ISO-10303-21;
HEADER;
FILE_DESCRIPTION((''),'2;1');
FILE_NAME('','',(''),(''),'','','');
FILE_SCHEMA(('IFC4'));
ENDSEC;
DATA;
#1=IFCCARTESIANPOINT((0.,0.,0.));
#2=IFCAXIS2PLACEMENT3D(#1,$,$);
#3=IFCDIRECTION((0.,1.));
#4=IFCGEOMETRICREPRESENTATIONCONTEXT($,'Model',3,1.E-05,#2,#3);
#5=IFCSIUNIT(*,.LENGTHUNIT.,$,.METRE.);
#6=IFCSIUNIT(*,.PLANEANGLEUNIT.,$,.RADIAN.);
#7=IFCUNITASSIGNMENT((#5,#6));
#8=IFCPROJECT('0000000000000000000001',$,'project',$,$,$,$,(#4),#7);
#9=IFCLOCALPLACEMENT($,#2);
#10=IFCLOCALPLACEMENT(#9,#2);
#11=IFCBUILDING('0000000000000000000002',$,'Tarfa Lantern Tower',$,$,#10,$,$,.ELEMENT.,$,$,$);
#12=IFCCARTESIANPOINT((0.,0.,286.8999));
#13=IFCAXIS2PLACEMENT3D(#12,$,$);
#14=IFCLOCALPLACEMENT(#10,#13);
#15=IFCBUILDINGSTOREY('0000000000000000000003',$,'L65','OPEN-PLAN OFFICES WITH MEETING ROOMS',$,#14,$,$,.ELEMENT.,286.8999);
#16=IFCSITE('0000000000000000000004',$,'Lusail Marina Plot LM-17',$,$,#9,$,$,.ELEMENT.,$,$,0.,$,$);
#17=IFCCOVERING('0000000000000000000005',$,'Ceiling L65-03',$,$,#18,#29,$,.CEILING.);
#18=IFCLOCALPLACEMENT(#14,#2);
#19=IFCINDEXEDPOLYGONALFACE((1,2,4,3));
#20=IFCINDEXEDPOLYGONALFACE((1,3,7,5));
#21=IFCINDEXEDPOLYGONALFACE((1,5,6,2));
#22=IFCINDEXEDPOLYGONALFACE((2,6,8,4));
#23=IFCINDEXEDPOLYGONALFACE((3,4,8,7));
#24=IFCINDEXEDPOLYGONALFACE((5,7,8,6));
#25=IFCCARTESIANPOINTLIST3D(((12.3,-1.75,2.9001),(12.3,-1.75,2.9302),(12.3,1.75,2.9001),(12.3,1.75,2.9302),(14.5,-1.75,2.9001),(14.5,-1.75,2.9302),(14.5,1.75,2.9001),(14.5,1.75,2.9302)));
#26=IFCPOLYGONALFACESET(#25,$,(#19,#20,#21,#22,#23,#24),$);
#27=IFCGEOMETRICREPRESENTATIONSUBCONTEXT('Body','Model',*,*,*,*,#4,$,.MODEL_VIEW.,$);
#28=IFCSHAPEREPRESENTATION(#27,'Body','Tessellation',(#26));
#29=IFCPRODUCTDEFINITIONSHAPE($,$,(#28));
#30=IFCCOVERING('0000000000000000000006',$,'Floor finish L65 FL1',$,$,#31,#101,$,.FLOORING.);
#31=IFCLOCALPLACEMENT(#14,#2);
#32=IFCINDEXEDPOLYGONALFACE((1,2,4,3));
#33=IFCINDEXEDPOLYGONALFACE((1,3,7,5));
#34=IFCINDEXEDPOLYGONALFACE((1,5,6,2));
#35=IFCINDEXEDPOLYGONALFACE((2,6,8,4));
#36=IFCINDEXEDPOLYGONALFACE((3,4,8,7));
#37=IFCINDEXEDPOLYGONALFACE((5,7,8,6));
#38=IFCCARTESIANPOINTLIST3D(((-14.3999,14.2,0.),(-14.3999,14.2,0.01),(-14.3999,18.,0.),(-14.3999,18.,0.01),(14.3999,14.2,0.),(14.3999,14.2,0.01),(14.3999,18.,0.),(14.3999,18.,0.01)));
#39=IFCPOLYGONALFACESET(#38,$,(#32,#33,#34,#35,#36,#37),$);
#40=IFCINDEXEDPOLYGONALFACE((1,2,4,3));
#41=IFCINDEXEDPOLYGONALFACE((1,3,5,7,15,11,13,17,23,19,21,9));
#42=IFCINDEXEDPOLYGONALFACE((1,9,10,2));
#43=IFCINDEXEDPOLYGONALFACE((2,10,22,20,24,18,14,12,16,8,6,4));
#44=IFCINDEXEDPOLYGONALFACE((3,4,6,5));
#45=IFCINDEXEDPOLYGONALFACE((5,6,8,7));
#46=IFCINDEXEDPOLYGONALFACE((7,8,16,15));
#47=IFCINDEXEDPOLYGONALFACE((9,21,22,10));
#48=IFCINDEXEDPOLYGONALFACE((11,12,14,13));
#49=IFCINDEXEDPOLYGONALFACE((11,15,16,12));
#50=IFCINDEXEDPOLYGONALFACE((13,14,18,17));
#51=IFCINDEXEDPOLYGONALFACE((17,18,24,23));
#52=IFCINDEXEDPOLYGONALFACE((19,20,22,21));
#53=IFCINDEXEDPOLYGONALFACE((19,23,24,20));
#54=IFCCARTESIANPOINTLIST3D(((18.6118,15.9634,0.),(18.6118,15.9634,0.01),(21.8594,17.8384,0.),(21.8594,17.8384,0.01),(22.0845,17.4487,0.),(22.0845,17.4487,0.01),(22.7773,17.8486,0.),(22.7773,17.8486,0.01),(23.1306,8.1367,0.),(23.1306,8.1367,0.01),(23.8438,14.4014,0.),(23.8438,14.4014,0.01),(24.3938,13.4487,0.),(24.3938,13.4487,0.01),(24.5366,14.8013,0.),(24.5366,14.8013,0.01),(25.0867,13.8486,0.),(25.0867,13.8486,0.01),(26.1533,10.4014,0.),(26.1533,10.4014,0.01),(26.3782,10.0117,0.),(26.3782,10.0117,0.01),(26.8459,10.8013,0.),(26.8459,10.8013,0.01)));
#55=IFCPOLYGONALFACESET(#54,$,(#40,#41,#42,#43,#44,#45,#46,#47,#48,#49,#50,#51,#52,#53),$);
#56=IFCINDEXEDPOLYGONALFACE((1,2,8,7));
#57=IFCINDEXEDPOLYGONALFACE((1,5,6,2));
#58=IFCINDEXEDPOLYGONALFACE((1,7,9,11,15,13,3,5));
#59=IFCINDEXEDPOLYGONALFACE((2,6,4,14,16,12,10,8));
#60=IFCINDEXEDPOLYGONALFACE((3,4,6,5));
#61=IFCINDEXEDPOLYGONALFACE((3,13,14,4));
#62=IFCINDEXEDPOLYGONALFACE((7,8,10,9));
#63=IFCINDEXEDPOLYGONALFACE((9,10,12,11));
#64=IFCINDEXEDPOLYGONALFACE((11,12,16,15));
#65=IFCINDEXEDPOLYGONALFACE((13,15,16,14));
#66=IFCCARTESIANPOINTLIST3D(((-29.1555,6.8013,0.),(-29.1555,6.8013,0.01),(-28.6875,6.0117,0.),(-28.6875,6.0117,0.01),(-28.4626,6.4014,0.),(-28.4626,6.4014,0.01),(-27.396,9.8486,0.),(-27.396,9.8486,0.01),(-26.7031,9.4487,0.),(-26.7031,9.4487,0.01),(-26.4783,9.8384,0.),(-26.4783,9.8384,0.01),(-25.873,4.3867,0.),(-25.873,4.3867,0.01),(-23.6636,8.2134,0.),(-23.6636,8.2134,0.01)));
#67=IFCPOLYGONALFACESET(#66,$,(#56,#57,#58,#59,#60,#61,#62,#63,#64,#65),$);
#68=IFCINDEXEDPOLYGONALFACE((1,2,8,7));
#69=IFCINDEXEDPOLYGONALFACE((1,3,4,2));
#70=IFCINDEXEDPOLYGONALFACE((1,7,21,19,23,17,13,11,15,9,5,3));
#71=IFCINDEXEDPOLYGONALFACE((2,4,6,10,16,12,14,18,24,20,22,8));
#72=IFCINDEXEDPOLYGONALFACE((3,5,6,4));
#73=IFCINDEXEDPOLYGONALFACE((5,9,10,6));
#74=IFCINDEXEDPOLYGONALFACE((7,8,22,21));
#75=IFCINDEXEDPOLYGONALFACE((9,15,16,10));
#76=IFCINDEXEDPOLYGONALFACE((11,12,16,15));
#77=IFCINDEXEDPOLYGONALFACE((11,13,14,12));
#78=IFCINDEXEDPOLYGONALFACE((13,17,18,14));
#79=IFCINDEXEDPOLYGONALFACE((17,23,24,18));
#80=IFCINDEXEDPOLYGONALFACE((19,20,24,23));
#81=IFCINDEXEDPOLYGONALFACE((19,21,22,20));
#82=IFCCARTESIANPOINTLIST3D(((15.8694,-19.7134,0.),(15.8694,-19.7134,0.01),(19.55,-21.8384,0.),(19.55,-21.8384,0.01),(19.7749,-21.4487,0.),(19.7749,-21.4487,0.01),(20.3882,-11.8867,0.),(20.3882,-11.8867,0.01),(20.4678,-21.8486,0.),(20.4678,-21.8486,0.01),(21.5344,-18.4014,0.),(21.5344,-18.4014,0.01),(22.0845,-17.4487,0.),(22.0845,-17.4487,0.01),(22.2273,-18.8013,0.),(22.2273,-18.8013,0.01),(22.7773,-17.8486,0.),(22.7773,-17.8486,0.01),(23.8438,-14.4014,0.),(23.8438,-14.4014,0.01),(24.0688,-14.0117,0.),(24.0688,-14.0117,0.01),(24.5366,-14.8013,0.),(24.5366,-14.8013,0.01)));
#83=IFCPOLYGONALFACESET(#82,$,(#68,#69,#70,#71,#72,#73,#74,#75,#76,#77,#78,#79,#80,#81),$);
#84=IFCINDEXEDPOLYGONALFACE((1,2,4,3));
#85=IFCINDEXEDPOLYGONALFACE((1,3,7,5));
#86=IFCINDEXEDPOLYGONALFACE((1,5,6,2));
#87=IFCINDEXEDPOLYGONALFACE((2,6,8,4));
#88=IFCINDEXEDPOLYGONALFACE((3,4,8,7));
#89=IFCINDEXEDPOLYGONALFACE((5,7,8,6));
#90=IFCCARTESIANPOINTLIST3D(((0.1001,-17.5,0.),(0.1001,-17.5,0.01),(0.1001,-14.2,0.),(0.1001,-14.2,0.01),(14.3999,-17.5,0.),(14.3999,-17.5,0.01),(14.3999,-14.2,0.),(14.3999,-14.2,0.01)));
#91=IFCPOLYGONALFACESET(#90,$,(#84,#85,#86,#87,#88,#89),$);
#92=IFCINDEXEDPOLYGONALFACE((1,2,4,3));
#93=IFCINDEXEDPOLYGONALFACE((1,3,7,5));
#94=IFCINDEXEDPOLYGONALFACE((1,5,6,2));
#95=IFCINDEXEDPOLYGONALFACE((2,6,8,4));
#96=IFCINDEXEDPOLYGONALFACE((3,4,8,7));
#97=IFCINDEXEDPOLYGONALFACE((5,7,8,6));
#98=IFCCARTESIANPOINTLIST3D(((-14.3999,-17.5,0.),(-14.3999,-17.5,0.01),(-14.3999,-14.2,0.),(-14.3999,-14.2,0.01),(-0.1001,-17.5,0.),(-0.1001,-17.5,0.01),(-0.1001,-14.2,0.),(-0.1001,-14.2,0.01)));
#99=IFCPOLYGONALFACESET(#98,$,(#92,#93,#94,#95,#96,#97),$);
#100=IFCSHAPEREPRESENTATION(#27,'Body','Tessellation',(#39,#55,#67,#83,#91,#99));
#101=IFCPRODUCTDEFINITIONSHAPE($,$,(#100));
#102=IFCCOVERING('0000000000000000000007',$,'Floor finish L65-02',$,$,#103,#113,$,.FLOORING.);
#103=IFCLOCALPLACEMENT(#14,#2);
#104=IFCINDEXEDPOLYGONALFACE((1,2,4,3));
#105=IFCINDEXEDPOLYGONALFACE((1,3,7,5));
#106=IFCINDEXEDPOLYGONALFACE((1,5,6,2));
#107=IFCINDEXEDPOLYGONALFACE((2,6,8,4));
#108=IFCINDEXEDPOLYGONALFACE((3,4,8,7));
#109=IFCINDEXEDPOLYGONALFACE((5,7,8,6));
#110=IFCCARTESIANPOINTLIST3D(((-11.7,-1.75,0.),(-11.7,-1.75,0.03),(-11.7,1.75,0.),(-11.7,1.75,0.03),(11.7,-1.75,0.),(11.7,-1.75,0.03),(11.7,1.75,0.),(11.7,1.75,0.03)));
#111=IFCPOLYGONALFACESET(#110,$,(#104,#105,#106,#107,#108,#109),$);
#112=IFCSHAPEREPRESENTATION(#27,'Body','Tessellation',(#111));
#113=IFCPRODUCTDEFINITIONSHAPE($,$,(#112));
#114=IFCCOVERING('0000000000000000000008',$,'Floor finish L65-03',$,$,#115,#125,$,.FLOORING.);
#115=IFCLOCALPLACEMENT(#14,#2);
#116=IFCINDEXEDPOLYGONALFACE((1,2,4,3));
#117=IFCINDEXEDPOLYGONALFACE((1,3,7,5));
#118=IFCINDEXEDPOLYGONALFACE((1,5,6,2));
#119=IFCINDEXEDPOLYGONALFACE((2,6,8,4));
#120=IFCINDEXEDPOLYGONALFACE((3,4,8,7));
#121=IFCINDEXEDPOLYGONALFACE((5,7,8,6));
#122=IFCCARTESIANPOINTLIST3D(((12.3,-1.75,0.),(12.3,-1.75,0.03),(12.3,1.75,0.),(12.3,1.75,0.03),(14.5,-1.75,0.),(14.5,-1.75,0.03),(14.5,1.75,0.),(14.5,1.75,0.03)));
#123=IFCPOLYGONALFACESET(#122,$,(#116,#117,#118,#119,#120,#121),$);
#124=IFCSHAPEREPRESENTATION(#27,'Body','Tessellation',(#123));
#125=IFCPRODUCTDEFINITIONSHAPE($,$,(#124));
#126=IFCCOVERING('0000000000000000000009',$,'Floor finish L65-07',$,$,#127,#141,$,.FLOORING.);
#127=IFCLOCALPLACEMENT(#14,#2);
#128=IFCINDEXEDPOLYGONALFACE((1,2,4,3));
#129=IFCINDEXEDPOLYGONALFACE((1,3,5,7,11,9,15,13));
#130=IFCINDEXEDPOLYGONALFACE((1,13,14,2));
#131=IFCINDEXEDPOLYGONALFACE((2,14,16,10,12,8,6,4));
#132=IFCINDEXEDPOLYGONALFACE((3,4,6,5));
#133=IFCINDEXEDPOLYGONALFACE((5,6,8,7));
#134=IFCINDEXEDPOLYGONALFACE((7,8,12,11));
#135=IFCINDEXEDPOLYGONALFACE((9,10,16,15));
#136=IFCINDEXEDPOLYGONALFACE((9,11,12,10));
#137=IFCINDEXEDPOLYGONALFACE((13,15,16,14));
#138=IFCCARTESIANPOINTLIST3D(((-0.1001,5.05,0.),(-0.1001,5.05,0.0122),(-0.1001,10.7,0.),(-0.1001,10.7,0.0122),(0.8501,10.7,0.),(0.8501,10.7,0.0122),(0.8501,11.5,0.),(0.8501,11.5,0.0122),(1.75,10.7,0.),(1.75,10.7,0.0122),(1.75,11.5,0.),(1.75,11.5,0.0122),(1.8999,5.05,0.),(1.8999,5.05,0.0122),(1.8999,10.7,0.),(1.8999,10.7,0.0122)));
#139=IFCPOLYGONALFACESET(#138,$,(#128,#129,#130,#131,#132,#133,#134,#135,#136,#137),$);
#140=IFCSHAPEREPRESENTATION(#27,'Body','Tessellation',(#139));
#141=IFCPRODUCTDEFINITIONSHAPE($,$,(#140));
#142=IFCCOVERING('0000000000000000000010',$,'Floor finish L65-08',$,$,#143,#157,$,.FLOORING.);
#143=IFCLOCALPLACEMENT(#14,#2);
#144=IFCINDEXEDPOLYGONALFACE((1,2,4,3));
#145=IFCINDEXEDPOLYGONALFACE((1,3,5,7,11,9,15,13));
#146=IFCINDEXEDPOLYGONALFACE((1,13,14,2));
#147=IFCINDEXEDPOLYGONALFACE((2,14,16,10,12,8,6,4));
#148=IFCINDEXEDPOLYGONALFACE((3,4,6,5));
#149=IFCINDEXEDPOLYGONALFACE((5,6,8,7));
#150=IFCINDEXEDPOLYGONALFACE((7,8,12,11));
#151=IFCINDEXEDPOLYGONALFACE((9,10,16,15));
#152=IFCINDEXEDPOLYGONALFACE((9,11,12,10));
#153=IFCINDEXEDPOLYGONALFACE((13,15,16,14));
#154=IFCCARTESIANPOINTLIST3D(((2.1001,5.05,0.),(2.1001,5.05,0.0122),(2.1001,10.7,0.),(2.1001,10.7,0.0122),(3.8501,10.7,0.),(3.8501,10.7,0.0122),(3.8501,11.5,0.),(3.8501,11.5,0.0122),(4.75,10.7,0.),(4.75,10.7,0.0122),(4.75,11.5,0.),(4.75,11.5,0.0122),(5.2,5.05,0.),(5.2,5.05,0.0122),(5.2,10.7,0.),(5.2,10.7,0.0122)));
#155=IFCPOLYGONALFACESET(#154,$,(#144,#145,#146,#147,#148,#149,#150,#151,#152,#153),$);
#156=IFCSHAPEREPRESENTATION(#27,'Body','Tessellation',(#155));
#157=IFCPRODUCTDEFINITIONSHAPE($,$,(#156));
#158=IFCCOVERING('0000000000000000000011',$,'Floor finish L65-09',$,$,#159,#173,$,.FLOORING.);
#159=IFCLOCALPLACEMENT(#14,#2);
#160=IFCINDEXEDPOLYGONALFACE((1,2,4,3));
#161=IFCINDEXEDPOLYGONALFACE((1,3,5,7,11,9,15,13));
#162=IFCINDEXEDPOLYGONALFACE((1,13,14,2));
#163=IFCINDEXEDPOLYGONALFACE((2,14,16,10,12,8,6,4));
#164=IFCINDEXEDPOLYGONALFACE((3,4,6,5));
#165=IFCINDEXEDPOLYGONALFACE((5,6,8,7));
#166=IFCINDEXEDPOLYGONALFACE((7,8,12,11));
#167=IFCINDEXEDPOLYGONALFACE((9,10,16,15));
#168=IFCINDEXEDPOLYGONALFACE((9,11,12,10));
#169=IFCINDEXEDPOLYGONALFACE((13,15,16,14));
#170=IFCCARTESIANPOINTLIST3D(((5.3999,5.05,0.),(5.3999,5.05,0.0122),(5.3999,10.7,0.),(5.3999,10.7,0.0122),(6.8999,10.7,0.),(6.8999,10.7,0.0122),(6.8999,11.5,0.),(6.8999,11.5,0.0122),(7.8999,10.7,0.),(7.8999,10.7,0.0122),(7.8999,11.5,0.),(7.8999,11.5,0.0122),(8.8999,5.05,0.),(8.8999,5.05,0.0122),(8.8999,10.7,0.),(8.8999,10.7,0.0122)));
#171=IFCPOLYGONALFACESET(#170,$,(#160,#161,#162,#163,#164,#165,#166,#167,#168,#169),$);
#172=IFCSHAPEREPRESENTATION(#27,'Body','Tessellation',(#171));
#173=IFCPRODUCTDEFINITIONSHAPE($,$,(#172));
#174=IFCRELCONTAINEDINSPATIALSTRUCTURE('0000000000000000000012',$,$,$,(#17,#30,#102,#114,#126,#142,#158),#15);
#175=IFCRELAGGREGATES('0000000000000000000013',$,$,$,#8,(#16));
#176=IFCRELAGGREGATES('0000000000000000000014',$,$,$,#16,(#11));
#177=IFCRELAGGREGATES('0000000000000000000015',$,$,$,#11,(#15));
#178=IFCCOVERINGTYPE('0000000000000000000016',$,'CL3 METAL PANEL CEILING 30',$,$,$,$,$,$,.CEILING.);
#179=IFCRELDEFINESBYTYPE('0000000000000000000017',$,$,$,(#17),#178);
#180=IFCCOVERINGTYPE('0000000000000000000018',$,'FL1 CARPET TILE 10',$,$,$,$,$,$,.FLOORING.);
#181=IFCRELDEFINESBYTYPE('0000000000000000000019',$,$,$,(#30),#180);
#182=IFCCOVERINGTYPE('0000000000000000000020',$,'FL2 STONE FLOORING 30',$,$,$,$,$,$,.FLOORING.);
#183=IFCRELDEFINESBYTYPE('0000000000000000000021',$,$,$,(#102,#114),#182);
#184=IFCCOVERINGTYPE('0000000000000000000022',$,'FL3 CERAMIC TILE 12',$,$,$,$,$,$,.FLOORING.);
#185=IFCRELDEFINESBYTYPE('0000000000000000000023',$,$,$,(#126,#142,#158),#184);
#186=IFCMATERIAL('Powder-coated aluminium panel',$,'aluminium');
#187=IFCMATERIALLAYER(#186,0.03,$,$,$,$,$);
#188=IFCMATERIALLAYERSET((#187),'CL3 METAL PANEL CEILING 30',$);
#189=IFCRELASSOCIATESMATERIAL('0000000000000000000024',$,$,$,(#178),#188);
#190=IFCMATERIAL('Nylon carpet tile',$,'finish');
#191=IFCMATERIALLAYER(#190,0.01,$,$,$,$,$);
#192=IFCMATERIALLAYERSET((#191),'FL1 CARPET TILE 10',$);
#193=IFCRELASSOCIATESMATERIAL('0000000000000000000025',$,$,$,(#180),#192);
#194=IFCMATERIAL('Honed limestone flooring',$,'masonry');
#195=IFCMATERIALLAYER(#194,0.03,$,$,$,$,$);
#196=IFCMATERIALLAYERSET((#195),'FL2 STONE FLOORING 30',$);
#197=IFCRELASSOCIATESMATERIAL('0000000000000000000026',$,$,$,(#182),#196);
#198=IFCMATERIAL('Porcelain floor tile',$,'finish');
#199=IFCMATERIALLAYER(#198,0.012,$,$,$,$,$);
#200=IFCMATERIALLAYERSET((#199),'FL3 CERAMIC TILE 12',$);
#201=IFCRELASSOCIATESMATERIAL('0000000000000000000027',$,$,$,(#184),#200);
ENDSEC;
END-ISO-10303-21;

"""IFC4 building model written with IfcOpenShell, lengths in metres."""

from ifc_helpers import new_model, si_unit, direction, frame, origin, place, context, subcontext, project, spatial, polyline, outline, extrude, material, layer, layer_set, type_object, element, save


model = new_model("IFC4")

# Units and contexts
model_context = context("Model", 3, precision=1e-05, world=origin(), true_north=direction((0.0, 1.0)))
body_context = subcontext(model_context, "Body", "Model", "MODEL_VIEW")
ifc_project = project(units=[si_unit("LENGTHUNIT", "METRE"), si_unit("PLANEANGLEUNIT", "RADIAN")], contexts=[model_context])

# Site, building, storey
site_placement = place(None, origin())
site = spatial("IfcSite", under=ifc_project, at=site_placement, Name="Lusail Marina Plot LM-17", CompositionType="ELEMENT", RefElevation=0.0)
building_placement = place(site_placement, origin())
building = spatial("IfcBuilding", under=site, at=building_placement, Name="Tarfa Lantern Tower", CompositionType="ELEMENT")
storey_placement = place(building_placement, frame((0.0, 0.0, 286.8999)))
storey = spatial("IfcBuildingStorey", under=building, at=storey_placement, Name="L65", Description="OPEN-PLAN OFFICES WITH MEETING ROOMS", CompositionType="ELEMENT", Elevation=286.8999)

# Coverings
ifc_material_1 = material(Name="Powder-coated aluminium panel", Category="aluminium")
ifc_layer_1 = layer(ifc_material_1, 0.03)
ifc_layer_set_1 = layer_set([ifc_layer_1], Name="CL3 METAL PANEL CEILING 30")
covering_type_1 = type_object("IfcCoveringType", Name="CL3 METAL PANEL CEILING 30", PredefinedType="CEILING", material=ifc_layer_set_1)
covering_1_placement = place(storey_placement, frame((0.0, 0.0, 2.9001)))
element("IfcCovering", 1, at=covering_1_placement, inside=storey, type_object=covering_type_1, Name="Ceiling L65-03", PredefinedType="CEILING", context=body_context, shape_type="SweptSolid", body=[
    extrude(outline(polyline([(12.3, -1.75), (14.5, -1.75), (14.5, 1.75), (12.3, 1.75), (12.3, -1.75)])), origin(), (0.0, 0.0, 1.0), 0.03),
])
ifc_material_2 = material(Name="Nylon carpet tile", Category="finish")
ifc_layer_2 = layer(ifc_material_2, 0.01)
ifc_layer_set_2 = layer_set([ifc_layer_2], Name="FL1 CARPET TILE 10")
covering_type_2 = type_object("IfcCoveringType", Name="FL1 CARPET TILE 10", PredefinedType="FLOORING", material=ifc_layer_set_2)
covering_2_placement = place(storey_placement, origin())
element("IfcCovering", 2, at=covering_2_placement, inside=storey, type_object=covering_type_2, Name="Floor finish L65 FL1", PredefinedType="FLOORING", context=body_context, shape_type="SweptSolid", body=[
    extrude(outline(polyline([(-14.3999, 18.0), (14.3999, 18.0), (14.3999, 14.2), (-14.3999, 14.2), (-14.3999, 18.0)])), origin(), (0.0, 0.0, 1.0), 0.01),
    extrude(outline(polyline([(18.6118, 15.9634), (21.8594, 17.8384), (22.0845, 17.4487), (22.7773, 17.8486), (24.5366, 14.8013), (23.8438, 14.4014), (24.3938, 13.4487), (25.0867, 13.8486), (26.8459, 10.8013), (26.1533, 10.4014), (26.3782, 10.0117), (23.1306, 8.1367), (18.6118, 15.9634)])), origin(), (0.0, 0.0, 1.0), 0.01),
    extrude(outline(polyline([(-25.873, 4.3867), (-28.6875, 6.0117), (-28.4626, 6.4014), (-29.1555, 6.8013), (-27.396, 9.8486), (-26.7031, 9.4487), (-26.4783, 9.8384), (-23.6636, 8.2134), (-25.873, 4.3867)])), origin(), (0.0, 0.0, 1.0), 0.01),
    extrude(outline(polyline([(20.3882, -11.8867), (24.0688, -14.0117), (23.8438, -14.4014), (24.5366, -14.8013), (22.7773, -17.8486), (22.0845, -17.4487), (21.5344, -18.4014), (22.2273, -18.8013), (20.4678, -21.8486), (19.7749, -21.4487), (19.55, -21.8384), (15.8694, -19.7134), (20.3882, -11.8867)])), origin(), (0.0, 0.0, 1.0), 0.01),
    extrude(outline(polyline([(0.1001, -14.2), (14.3999, -14.2), (14.3999, -17.5), (0.1001, -17.5), (0.1001, -14.2)])), origin(), (0.0, 0.0, 1.0), 0.01),
    extrude(outline(polyline([(-14.3999, -14.2), (-0.1001, -14.2), (-0.1001, -17.5), (-14.3999, -17.5), (-14.3999, -14.2)])), origin(), (0.0, 0.0, 1.0), 0.01),
])
ifc_material_3 = material(Name="Honed limestone flooring", Category="masonry")
ifc_layer_3 = layer(ifc_material_3, 0.03)
ifc_layer_set_3 = layer_set([ifc_layer_3], Name="FL2 STONE FLOORING 30")
covering_type_3 = type_object("IfcCoveringType", Name="FL2 STONE FLOORING 30", PredefinedType="FLOORING", material=ifc_layer_set_3)
covering_3_placement = place(storey_placement, origin())
element("IfcCovering", 3, at=covering_3_placement, inside=storey, type_object=covering_type_3, Name="Floor finish L65-02", PredefinedType="FLOORING", context=body_context, shape_type="SweptSolid", body=[
    extrude(outline(polyline([(-11.7, -1.75), (11.7, -1.75), (11.7, 1.75), (-11.7, 1.75), (-11.7, -1.75)])), origin(), (0.0, 0.0, 1.0), 0.03),
])
covering_4_placement = place(storey_placement, origin())
element("IfcCovering", 4, at=covering_4_placement, inside=storey, type_object=covering_type_3, Name="Floor finish L65-03", PredefinedType="FLOORING", context=body_context, shape_type="SweptSolid", body=[
    extrude(outline(polyline([(12.3, -1.75), (14.5, -1.75), (14.5, 1.75), (12.3, 1.75), (12.3, -1.75)])), origin(), (0.0, 0.0, 1.0), 0.03),
])
ifc_material_4 = material(Name="Porcelain floor tile", Category="finish")
ifc_layer_4 = layer(ifc_material_4, 0.012)
ifc_layer_set_4 = layer_set([ifc_layer_4], Name="FL3 CERAMIC TILE 12")
covering_type_4 = type_object("IfcCoveringType", Name="FL3 CERAMIC TILE 12", PredefinedType="FLOORING", material=ifc_layer_set_4)
covering_5_placement = place(storey_placement, origin())
element("IfcCovering", 5, at=covering_5_placement, inside=storey, type_object=covering_type_4, Name="Floor finish L65-07", PredefinedType="FLOORING", context=body_context, shape_type="SweptSolid", body=[
    extrude(outline(polyline([(0.8501, 10.7), (-0.1001, 10.7), (-0.1001, 5.05), (1.8999, 5.05), (1.8999, 10.7), (1.75, 10.7), (1.75, 11.5), (1.75, 11.5), (0.8501, 11.5), (0.8501, 10.7)])), origin(), (0.0, 0.0, 1.0), 0.0122),
])
covering_6_placement = place(storey_placement, origin())
element("IfcCovering", 6, at=covering_6_placement, inside=storey, type_object=covering_type_4, Name="Floor finish L65-08", PredefinedType="FLOORING", context=body_context, shape_type="SweptSolid", body=[
    extrude(outline(polyline([(2.1001, 5.05), (5.2, 5.05), (5.2, 10.7), (4.75, 10.7), (4.75, 11.5), (3.8501, 11.5), (3.8501, 10.7), (2.1001, 10.7), (2.1001, 5.05)])), origin(), (0.0, 0.0, 1.0), 0.0122),
])
covering_7_placement = place(storey_placement, origin())
element("IfcCovering", 7, at=covering_7_placement, inside=storey, type_object=covering_type_4, Name="Floor finish L65-09", PredefinedType="FLOORING", context=body_context, shape_type="SweptSolid", body=[
    extrude(outline(polyline([(5.3999, 5.05), (8.8999, 5.05), (8.8999, 10.7), (7.8999, 10.7), (7.8999, 11.5), (6.8999, 11.5), (6.8999, 10.7), (5.3999, 10.7), (5.3999, 5.05)])), origin(), (0.0, 0.0, 1.0), 0.0122),
])

save(model, "model.ifc")
